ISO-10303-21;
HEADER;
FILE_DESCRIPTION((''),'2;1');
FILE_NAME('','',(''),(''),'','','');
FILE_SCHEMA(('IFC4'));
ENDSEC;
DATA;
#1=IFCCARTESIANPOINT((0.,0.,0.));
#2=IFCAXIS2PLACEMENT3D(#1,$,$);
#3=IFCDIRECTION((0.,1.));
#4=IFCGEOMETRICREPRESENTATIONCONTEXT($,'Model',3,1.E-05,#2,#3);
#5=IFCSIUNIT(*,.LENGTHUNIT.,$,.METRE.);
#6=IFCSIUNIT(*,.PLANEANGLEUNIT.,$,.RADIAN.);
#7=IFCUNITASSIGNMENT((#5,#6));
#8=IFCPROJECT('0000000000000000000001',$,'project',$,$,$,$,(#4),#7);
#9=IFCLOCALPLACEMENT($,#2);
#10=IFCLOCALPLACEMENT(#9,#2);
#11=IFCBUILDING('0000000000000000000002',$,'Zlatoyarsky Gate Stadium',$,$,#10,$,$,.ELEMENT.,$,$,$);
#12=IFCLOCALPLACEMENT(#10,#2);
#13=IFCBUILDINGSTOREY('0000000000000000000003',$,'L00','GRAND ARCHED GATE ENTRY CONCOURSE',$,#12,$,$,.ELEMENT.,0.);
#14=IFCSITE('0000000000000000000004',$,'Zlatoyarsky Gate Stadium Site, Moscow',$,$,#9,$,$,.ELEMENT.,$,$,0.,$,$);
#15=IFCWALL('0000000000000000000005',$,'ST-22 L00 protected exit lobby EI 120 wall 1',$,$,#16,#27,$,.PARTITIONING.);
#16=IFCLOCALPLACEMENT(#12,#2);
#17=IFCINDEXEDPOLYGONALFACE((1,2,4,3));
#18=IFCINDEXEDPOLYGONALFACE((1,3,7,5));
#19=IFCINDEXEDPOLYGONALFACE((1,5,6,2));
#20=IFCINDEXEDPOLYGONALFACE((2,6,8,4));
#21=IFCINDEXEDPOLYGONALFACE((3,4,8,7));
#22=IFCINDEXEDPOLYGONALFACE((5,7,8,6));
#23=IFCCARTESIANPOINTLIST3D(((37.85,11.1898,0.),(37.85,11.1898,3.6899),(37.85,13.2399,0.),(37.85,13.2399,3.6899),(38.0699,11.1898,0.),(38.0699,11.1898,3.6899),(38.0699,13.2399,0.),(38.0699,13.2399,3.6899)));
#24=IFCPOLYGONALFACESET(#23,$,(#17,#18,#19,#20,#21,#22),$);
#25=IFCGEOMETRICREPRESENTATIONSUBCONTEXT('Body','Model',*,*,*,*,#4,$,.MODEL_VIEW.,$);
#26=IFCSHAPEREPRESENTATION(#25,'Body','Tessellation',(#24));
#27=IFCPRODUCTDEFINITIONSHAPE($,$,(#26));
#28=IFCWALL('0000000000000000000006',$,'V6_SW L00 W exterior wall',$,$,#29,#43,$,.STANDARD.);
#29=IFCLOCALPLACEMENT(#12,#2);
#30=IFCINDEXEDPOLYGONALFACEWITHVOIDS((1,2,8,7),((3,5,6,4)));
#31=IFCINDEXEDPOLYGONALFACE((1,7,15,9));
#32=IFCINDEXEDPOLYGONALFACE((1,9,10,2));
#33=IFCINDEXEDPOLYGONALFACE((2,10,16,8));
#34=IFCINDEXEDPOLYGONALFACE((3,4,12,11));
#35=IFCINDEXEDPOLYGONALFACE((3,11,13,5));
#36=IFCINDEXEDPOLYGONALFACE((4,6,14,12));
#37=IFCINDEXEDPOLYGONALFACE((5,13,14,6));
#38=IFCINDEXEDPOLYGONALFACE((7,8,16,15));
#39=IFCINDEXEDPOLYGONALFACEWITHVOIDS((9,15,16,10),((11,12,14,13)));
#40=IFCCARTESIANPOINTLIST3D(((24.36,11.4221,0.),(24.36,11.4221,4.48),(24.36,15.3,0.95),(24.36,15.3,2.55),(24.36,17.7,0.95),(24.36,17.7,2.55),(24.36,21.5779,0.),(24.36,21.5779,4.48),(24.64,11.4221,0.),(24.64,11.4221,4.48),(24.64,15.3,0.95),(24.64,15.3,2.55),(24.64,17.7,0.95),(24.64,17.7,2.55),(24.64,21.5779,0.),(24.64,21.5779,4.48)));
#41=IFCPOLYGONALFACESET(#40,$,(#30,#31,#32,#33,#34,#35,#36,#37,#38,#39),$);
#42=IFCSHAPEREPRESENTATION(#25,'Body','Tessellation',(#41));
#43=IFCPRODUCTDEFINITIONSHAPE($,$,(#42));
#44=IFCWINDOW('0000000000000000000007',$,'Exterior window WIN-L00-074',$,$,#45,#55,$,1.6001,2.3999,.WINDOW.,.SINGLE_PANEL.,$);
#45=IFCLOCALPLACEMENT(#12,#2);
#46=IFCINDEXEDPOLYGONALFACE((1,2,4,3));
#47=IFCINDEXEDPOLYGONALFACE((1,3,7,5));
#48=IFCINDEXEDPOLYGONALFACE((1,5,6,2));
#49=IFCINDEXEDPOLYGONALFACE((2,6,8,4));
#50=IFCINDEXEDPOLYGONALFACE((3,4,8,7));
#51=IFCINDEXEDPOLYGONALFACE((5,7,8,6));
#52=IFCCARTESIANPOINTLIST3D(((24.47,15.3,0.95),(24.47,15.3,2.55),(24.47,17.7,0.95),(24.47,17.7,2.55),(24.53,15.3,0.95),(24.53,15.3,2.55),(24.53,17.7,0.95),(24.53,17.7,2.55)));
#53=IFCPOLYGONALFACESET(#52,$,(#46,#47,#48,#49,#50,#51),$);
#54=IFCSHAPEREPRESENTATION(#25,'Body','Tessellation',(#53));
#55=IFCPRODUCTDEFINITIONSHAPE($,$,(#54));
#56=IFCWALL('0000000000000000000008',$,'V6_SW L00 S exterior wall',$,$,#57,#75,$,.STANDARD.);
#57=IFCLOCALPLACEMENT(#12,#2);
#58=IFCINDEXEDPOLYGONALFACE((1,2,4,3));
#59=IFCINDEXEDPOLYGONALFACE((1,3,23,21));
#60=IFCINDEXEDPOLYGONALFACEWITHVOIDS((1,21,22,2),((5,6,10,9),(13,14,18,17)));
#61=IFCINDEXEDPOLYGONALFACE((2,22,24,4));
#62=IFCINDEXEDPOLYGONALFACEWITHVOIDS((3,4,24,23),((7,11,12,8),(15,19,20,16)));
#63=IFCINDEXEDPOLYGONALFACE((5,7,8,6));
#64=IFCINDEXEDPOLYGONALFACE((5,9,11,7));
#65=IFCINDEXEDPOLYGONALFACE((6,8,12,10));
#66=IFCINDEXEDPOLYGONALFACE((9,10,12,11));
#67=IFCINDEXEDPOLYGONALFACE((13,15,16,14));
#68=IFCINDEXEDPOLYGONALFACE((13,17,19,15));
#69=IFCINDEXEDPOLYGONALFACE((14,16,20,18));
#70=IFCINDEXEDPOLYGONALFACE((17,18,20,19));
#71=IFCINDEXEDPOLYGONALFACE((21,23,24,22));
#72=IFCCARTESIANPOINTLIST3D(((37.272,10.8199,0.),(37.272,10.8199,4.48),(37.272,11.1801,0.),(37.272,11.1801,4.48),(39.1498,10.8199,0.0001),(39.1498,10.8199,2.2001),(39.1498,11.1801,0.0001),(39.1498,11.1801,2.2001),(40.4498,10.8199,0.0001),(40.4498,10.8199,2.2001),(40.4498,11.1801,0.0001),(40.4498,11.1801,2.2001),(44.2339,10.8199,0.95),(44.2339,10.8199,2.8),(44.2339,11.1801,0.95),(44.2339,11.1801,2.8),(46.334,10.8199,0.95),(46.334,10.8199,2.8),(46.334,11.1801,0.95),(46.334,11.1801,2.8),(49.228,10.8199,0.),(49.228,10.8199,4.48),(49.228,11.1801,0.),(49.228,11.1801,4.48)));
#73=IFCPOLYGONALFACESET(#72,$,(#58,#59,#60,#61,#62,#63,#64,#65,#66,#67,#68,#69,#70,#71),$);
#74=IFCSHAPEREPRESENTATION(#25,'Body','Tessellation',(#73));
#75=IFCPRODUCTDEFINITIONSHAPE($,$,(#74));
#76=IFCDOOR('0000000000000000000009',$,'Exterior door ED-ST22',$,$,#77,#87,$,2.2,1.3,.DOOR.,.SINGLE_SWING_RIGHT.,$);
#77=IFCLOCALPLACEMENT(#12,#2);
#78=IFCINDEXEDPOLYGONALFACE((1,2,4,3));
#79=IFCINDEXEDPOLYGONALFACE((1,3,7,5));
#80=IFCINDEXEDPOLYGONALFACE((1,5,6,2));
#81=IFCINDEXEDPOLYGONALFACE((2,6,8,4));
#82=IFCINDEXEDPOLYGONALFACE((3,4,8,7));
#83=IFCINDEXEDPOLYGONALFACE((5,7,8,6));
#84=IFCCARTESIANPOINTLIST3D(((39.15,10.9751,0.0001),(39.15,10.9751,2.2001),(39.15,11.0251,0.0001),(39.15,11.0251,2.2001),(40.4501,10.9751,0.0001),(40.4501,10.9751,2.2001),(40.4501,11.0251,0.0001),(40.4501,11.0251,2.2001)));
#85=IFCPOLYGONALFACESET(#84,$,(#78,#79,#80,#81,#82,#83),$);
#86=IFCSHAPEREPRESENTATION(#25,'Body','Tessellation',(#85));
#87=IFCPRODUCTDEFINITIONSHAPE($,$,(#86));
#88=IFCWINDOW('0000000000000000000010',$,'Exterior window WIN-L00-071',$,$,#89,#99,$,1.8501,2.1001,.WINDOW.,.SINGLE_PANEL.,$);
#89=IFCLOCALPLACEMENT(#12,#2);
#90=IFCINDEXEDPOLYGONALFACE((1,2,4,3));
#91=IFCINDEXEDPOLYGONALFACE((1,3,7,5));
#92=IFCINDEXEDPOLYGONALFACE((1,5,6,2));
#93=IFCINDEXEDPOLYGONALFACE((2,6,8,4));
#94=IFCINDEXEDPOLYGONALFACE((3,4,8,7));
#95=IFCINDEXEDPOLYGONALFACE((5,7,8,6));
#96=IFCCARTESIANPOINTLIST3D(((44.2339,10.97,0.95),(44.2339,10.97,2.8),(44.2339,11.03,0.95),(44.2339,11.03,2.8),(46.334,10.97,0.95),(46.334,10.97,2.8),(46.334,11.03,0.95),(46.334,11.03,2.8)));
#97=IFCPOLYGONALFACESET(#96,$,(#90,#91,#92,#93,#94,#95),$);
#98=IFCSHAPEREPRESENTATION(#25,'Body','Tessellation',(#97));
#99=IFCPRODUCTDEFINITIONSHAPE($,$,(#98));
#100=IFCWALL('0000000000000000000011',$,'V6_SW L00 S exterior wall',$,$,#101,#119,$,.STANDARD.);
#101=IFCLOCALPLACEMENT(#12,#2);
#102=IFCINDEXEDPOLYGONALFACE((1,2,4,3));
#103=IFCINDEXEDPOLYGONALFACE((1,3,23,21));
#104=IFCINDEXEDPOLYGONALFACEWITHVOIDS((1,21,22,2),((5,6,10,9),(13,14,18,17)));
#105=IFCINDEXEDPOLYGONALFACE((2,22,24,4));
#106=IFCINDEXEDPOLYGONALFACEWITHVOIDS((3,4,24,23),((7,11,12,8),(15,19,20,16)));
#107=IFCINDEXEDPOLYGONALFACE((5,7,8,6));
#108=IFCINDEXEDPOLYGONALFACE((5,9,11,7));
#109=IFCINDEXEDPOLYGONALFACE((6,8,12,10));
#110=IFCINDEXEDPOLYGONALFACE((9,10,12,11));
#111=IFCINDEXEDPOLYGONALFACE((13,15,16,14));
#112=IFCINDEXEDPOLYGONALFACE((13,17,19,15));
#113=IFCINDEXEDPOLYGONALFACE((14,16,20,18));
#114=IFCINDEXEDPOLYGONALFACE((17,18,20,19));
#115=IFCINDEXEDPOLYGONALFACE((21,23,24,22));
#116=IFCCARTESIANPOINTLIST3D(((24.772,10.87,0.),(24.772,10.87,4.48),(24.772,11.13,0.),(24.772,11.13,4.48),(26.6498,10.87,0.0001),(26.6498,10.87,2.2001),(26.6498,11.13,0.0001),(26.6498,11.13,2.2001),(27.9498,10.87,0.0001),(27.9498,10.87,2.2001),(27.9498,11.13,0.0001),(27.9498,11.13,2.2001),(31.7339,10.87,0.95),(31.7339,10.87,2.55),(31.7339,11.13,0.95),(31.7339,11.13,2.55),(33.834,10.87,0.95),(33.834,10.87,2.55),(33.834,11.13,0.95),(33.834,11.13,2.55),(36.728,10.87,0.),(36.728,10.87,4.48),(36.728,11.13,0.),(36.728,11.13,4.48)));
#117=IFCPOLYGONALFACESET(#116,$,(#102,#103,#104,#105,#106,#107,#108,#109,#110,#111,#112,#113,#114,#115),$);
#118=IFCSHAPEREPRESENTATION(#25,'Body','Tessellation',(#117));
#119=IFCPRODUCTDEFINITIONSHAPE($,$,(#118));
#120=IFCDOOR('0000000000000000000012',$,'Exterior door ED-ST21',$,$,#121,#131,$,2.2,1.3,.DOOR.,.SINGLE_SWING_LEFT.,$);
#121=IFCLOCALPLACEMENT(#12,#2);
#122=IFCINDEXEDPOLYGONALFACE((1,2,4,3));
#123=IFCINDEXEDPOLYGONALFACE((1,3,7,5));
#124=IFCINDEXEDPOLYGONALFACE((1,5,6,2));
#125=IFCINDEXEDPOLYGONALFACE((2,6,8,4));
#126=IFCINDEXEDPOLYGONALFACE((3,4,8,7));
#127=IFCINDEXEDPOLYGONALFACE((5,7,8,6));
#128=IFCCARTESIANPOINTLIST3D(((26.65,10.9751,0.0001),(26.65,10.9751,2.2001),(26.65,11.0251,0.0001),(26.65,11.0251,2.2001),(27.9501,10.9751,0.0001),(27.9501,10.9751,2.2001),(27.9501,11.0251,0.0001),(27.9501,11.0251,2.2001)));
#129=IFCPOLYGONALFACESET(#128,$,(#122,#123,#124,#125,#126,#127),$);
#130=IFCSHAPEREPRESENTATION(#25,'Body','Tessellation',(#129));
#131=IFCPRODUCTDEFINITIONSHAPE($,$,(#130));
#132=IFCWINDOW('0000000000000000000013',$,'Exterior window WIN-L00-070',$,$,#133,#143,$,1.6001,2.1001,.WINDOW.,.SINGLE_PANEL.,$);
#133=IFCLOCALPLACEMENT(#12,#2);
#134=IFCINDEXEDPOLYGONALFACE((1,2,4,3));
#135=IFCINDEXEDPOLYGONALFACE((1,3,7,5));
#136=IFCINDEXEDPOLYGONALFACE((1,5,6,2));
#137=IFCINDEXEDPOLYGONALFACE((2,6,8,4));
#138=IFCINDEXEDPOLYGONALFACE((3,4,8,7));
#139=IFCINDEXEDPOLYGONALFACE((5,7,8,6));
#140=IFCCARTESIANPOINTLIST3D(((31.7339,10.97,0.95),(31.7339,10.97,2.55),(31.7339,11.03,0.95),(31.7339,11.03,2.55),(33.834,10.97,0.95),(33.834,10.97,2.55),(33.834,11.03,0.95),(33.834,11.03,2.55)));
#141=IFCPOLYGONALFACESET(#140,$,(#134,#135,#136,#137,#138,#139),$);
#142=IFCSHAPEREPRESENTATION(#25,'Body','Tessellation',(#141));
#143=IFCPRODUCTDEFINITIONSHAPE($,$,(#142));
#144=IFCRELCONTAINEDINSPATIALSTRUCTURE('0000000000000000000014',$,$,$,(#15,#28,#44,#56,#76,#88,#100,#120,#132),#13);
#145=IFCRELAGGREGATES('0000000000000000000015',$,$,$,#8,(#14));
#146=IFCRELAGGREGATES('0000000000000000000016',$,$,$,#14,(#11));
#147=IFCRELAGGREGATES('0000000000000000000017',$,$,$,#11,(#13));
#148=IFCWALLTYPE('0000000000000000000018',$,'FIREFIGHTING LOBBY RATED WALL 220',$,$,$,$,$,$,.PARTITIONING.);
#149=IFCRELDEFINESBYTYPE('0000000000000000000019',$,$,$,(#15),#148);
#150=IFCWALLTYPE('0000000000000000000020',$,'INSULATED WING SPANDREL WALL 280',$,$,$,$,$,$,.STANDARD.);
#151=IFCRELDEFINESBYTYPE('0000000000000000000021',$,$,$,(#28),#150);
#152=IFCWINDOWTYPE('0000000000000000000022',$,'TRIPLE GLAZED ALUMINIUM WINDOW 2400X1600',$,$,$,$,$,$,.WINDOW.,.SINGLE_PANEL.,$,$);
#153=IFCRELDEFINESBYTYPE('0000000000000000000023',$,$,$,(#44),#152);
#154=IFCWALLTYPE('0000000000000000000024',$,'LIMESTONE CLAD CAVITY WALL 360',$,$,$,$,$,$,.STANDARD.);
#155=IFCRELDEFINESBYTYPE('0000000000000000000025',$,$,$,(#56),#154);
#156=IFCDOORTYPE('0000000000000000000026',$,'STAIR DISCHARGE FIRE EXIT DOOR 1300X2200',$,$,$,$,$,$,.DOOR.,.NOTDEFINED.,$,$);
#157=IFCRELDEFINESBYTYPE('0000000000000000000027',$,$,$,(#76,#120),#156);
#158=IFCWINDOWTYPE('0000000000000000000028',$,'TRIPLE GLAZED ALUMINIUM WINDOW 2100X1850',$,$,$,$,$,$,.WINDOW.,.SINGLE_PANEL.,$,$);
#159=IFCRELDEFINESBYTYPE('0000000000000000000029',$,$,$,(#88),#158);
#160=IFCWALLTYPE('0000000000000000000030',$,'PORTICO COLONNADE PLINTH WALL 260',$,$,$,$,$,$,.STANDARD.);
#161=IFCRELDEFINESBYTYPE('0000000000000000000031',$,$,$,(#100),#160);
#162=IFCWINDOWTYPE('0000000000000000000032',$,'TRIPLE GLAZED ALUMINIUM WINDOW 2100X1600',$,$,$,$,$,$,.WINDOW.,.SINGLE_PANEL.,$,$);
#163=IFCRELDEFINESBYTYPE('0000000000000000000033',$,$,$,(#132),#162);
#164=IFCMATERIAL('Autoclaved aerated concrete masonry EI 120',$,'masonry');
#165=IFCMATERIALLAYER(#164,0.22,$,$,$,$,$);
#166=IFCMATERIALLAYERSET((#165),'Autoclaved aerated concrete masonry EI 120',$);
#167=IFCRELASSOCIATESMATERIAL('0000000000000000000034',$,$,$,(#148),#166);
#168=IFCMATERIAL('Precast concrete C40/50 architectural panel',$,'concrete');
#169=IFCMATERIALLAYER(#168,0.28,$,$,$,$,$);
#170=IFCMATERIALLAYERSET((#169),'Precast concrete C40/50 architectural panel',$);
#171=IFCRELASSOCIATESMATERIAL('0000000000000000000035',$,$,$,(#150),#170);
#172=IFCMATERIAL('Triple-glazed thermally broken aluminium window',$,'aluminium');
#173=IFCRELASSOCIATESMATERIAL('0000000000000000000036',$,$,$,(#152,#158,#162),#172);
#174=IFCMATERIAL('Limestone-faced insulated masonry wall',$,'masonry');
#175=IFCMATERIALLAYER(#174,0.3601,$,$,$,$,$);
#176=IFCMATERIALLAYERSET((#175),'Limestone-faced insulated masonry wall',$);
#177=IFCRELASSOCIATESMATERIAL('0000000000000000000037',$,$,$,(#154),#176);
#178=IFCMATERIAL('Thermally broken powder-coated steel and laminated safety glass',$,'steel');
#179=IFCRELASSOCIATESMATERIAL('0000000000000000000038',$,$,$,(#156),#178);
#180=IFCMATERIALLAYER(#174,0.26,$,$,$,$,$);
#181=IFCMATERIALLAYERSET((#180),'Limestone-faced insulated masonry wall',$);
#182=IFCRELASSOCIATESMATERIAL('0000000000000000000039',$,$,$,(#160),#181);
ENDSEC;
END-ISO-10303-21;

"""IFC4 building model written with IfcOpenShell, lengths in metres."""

from ifc_helpers import new_model, si_unit, direction, frame, frame_2d, origin, place, context, subcontext, project, spatial, rectangle, extrude, material, layer, layer_set, type_object, element, fill, save


model = new_model("IFC4")

# Units and contexts
model_context = context("Model", 3, precision=1e-05, world=origin(), true_north=direction((0.0, 1.0)))
body_context = subcontext(model_context, "Body", "Model", "MODEL_VIEW")
ifc_project = project(units=[si_unit("LENGTHUNIT", "METRE"), si_unit("PLANEANGLEUNIT", "RADIAN")], contexts=[model_context])

# Site, building, storey
site_placement = place(None, origin())
site = spatial("IfcSite", under=ifc_project, at=site_placement, Name="Zlatoyarsky Gate Stadium Site, Moscow", CompositionType="ELEMENT", RefElevation=0.0)
building_placement = place(site_placement, origin())
building = spatial("IfcBuilding", under=site, at=building_placement, Name="Zlatoyarsky Gate Stadium", CompositionType="ELEMENT")
storey_placement = place(building_placement, origin())
storey = spatial("IfcBuildingStorey", under=building, at=storey_placement, Name="L00", Description="GRAND ARCHED GATE ENTRY CONCOURSE", CompositionType="ELEMENT", Elevation=0.0)

# Wall
ifc_material_1 = material(Name="Autoclaved aerated concrete masonry EI 120", Category="masonry")
ifc_layer_1 = layer(ifc_material_1, 0.22)
ifc_layer_set_1 = layer_set([ifc_layer_1], Name="Autoclaved aerated concrete masonry EI 120")
wall_type_1 = type_object("IfcWallType", Name="FIREFIGHTING LOBBY RATED WALL 220", PredefinedType="PARTITIONING", material=ifc_layer_set_1)
for number, where, z_axis, x_axis, name in (
    (1, (37.96, 11.1899, 0.0), (0.0, 0.0, 1.0), (0.0, 1.0, 0.0), "ST-22 L00 protected exit lobby EI 120 wall 1"),
):
    element("IfcWall", number, at=place(storey_placement, frame(where, z_axis=z_axis, x_axis=x_axis)), inside=storey, type_object=wall_type_1, Name=name, PredefinedType="PARTITIONING", context=body_context, shape_type="SweptSolid", body=[
        extrude(rectangle(XDim=2.05, YDim=0.22, at=frame_2d((1.0249, 0.0))), origin(), (0.0, 0.0, 1.0), 3.6899),
    ])

# Wall, opening, window
ifc_material_2 = material(Name="Precast concrete C40/50 architectural panel", Category="concrete")
ifc_layer_2 = layer(ifc_material_2, 0.28)
ifc_layer_set_2 = layer_set([ifc_layer_2], Name="Precast concrete C40/50 architectural panel")
wall_type_2 = type_object("IfcWallType", Name="INSULATED WING SPANDREL WALL 280", PredefinedType="STANDARD", material=ifc_layer_set_2)
wall_1_placement = place(storey_placement, frame((24.5, 11.4221, 0.0), z_axis=(0.0, 0.0, 1.0), x_axis=(0.0, 1.0, 0.0)))
wall_1 = element("IfcWall", 2, at=wall_1_placement, inside=storey, type_object=wall_type_2, Name="V6_SW L00 W exterior wall", PredefinedType="STANDARD", context=body_context, shape_type="SweptSolid", body=[
    extrude(rectangle(XDim=10.1558, YDim=0.28, at=frame_2d((5.0779, 0.0))), origin(), (0.0, 0.0, 1.0), 4.48),
])
opening_1_placement = place(wall_1_placement, frame((3.8779, 0.0, 0.95)))
opening_1 = element("IfcOpeningElement", 3, at=opening_1_placement, cuts=wall_1, PredefinedType="OPENING", context=body_context, shape_type="SweptSolid", body=[
    extrude(rectangle(XDim=2.3999, YDim=1.6001, at=frame_2d((1.2, 0.8))), frame((0.0, 0.1499, 0.0), z_axis=(0.0, -1.0, 0.0), x_axis=(1.0, 0.0, 0.0)), (0.0, 0.0, 1.0), 0.3),
])
ifc_material_3 = material(Name="Triple-glazed thermally broken aluminium window", Category="aluminium")
window_type_1 = type_object("IfcWindowType", Name="TRIPLE GLAZED ALUMINIUM WINDOW 2400X1600", PartitioningType="SINGLE_PANEL", PredefinedType="WINDOW", material=ifc_material_3)
window_1_placement = place(opening_1_placement, origin())
window_1 = element("IfcWindow", 4, at=window_1_placement, inside=storey, type_object=window_type_1, Name="Exterior window WIN-L00-074", OverallHeight=1.6001, OverallWidth=2.3999, PartitioningType="SINGLE_PANEL", PredefinedType="WINDOW", context=body_context, shape_type="SweptSolid", body=[
    extrude(rectangle(XDim=2.3999, YDim=1.6001, at=frame_2d((1.2, 0.8))), frame((0.0, 0.03, 0.0), z_axis=(0.0, -1.0, 0.0), x_axis=(1.0, 0.0, 0.0)), (0.0, 0.0, 1.0), 0.0601),
])
fill(opening_1, window_1)

# Walls, openings, doors, windows
ifc_material_4 = material(Name="Limestone-faced insulated masonry wall", Category="masonry")
ifc_layer_3 = layer(ifc_material_4, 0.3601)
ifc_layer_set_3 = layer_set([ifc_layer_3], Name="Limestone-faced insulated masonry wall")
wall_type_3 = type_object("IfcWallType", Name="LIMESTONE CLAD CAVITY WALL 360", PredefinedType="STANDARD", material=ifc_layer_set_3)
wall_2_placement = place(storey_placement, frame((37.272, 11.0, 0.0), z_axis=(0.0, 0.0, 1.0), x_axis=(1.0, 0.0, 0.0)))
wall_2 = element("IfcWall", 5, at=wall_2_placement, inside=storey, type_object=wall_type_3, Name="V6_SW L00 S exterior wall", PredefinedType="STANDARD", context=body_context, shape_type="SweptSolid", body=[
    extrude(rectangle(XDim=11.9561, YDim=0.3601, at=frame_2d((5.978, 0.0))), origin(), (0.0, 0.0, 1.0), 4.48),
])
opening_2_placement = place(wall_2_placement, frame((1.8779, 0.0, 0.0)))
opening_2 = element("IfcOpeningElement", 6, at=opening_2_placement, cuts=wall_2, PredefinedType="OPENING", context=body_context, shape_type="SweptSolid", body=[
    extrude(rectangle(XDim=1.3, YDim=2.2, at=frame_2d((0.6499, 1.1001))), frame((0.0, 0.1899, 0.0), z_axis=(0.0, -1.0, 0.0), x_axis=(1.0, 0.0, 0.0)), (0.0, 0.0, 1.0), 0.3801),
])
opening_3_placement = place(wall_2_placement, frame((6.9619, 0.0, 0.95)))
opening_3 = element("IfcOpeningElement", 7, at=opening_3_placement, cuts=wall_2, PredefinedType="OPENING", context=body_context, shape_type="SweptSolid", body=[
    extrude(rectangle(XDim=2.1001, YDim=1.8501, at=frame_2d((1.05, 0.925))), frame((0.0, 0.1899, 0.0), z_axis=(0.0, -1.0, 0.0), x_axis=(1.0, 0.0, 0.0)), (0.0, 0.0, 1.0), 0.3801),
])
ifc_material_5 = material(Name="Thermally broken powder-coated steel and laminated safety glass", Category="steel")
door_type_1 = type_object("IfcDoorType", Name="STAIR DISCHARGE FIRE EXIT DOOR 1300X2200", OperationType="NOTDEFINED", PredefinedType="DOOR", material=ifc_material_5)
door_1_placement = place(opening_2_placement, frame((1.3, 0.0, 0.0), z_axis=(0.0, 0.0, 1.0), x_axis=(-1.0, 0.0, 0.0)))
door_1 = element("IfcDoor", 8, at=door_1_placement, inside=storey, type_object=door_type_1, Name="Exterior door ED-ST22", OperationType="SINGLE_SWING_RIGHT", OverallHeight=2.2, OverallWidth=1.3, PredefinedType="DOOR", context=body_context, shape_type="SweptSolid", body=[
    extrude(rectangle(XDim=1.3, YDim=2.2, at=frame_2d((0.6499, 1.1001))), frame((0.0, 0.0249, 0.0), z_axis=(0.0, -1.0, 0.0), x_axis=(1.0, 0.0, 0.0)), (0.0, 0.0, 1.0), 0.05),
])
fill(opening_2, door_1)
window_type_2 = type_object("IfcWindowType", Name="TRIPLE GLAZED ALUMINIUM WINDOW 2100X1850", PartitioningType="SINGLE_PANEL", PredefinedType="WINDOW", material=ifc_material_3)
window_2_placement = place(opening_3_placement, origin())
window_2 = element("IfcWindow", 9, at=window_2_placement, inside=storey, type_object=window_type_2, Name="Exterior window WIN-L00-071", OverallHeight=1.8501, OverallWidth=2.1001, PartitioningType="SINGLE_PANEL", PredefinedType="WINDOW", context=body_context, shape_type="SweptSolid", body=[
    extrude(rectangle(XDim=2.1001, YDim=1.8501, at=frame_2d((1.05, 0.925))), frame((0.0, 0.03, 0.0), z_axis=(0.0, -1.0, 0.0), x_axis=(1.0, 0.0, 0.0)), (0.0, 0.0, 1.0), 0.0601),
])
fill(opening_3, window_2)
ifc_layer_4 = layer(ifc_material_4, 0.26)
ifc_layer_set_4 = layer_set([ifc_layer_4], Name="Limestone-faced insulated masonry wall")
wall_type_4 = type_object("IfcWallType", Name="PORTICO COLONNADE PLINTH WALL 260", PredefinedType="STANDARD", material=ifc_layer_set_4)
wall_3_placement = place(storey_placement, frame((24.772, 11.0, 0.0), z_axis=(0.0, 0.0, 1.0), x_axis=(1.0, 0.0, 0.0)))
wall_3 = element("IfcWall", 10, at=wall_3_placement, inside=storey, type_object=wall_type_4, Name="V6_SW L00 S exterior wall", PredefinedType="STANDARD", context=body_context, shape_type="SweptSolid", body=[
    extrude(rectangle(XDim=11.9561, YDim=0.26, at=frame_2d((5.978, 0.0))), origin(), (0.0, 0.0, 1.0), 4.48),
])
opening_4_placement = place(wall_3_placement, frame((1.8779, 0.0, 0.0)))
opening_4 = element("IfcOpeningElement", 11, at=opening_4_placement, cuts=wall_3, PredefinedType="OPENING", context=body_context, shape_type="SweptSolid", body=[
    extrude(rectangle(XDim=1.3, YDim=2.2, at=frame_2d((0.6499, 1.1001))), frame((0.0, 0.1399, 0.0), z_axis=(0.0, -1.0, 0.0), x_axis=(1.0, 0.0, 0.0)), (0.0, 0.0, 1.0), 0.28),
])
opening_5_placement = place(wall_3_placement, frame((6.9619, 0.0, 0.95)))
opening_5 = element("IfcOpeningElement", 12, at=opening_5_placement, cuts=wall_3, PredefinedType="OPENING", context=body_context, shape_type="SweptSolid", body=[
    extrude(rectangle(XDim=2.1001, YDim=1.6001, at=frame_2d((1.05, 0.8))), frame((0.0, 0.1399, 0.0), z_axis=(0.0, -1.0, 0.0), x_axis=(1.0, 0.0, 0.0)), (0.0, 0.0, 1.0), 0.28),
])
door_2_placement = place(opening_4_placement, frame((1.3, 0.0, 0.0), z_axis=(0.0, 0.0, 1.0), x_axis=(-1.0, 0.0, 0.0)))
door_2 = element("IfcDoor", 13, at=door_2_placement, inside=storey, type_object=door_type_1, Name="Exterior door ED-ST21", OperationType="SINGLE_SWING_LEFT", OverallHeight=2.2, OverallWidth=1.3, PredefinedType="DOOR", context=body_context, shape_type="SweptSolid", body=[
    extrude(rectangle(XDim=1.3, YDim=2.2, at=frame_2d((0.6499, 1.1001))), frame((0.0, 0.0249, 0.0), z_axis=(0.0, -1.0, 0.0), x_axis=(1.0, 0.0, 0.0)), (0.0, 0.0, 1.0), 0.05),
])
fill(opening_4, door_2)
window_type_3 = type_object("IfcWindowType", Name="TRIPLE GLAZED ALUMINIUM WINDOW 2100X1600", PartitioningType="SINGLE_PANEL", PredefinedType="WINDOW", material=ifc_material_3)
window_3_placement = place(opening_5_placement, origin())
window_3 = element("IfcWindow", 14, at=window_3_placement, inside=storey, type_object=window_type_3, Name="Exterior window WIN-L00-070", OverallHeight=1.6001, OverallWidth=2.1001, PartitioningType="SINGLE_PANEL", PredefinedType="WINDOW", context=body_context, shape_type="SweptSolid", body=[
    extrude(rectangle(XDim=2.1001, YDim=1.6001, at=frame_2d((1.05, 0.8))), frame((0.0, 0.03, 0.0), z_axis=(0.0, -1.0, 0.0), x_axis=(1.0, 0.0, 0.0)), (0.0, 0.0, 1.0), 0.0601),
])
fill(opening_5, window_3)

save(model, "model.ifc")
